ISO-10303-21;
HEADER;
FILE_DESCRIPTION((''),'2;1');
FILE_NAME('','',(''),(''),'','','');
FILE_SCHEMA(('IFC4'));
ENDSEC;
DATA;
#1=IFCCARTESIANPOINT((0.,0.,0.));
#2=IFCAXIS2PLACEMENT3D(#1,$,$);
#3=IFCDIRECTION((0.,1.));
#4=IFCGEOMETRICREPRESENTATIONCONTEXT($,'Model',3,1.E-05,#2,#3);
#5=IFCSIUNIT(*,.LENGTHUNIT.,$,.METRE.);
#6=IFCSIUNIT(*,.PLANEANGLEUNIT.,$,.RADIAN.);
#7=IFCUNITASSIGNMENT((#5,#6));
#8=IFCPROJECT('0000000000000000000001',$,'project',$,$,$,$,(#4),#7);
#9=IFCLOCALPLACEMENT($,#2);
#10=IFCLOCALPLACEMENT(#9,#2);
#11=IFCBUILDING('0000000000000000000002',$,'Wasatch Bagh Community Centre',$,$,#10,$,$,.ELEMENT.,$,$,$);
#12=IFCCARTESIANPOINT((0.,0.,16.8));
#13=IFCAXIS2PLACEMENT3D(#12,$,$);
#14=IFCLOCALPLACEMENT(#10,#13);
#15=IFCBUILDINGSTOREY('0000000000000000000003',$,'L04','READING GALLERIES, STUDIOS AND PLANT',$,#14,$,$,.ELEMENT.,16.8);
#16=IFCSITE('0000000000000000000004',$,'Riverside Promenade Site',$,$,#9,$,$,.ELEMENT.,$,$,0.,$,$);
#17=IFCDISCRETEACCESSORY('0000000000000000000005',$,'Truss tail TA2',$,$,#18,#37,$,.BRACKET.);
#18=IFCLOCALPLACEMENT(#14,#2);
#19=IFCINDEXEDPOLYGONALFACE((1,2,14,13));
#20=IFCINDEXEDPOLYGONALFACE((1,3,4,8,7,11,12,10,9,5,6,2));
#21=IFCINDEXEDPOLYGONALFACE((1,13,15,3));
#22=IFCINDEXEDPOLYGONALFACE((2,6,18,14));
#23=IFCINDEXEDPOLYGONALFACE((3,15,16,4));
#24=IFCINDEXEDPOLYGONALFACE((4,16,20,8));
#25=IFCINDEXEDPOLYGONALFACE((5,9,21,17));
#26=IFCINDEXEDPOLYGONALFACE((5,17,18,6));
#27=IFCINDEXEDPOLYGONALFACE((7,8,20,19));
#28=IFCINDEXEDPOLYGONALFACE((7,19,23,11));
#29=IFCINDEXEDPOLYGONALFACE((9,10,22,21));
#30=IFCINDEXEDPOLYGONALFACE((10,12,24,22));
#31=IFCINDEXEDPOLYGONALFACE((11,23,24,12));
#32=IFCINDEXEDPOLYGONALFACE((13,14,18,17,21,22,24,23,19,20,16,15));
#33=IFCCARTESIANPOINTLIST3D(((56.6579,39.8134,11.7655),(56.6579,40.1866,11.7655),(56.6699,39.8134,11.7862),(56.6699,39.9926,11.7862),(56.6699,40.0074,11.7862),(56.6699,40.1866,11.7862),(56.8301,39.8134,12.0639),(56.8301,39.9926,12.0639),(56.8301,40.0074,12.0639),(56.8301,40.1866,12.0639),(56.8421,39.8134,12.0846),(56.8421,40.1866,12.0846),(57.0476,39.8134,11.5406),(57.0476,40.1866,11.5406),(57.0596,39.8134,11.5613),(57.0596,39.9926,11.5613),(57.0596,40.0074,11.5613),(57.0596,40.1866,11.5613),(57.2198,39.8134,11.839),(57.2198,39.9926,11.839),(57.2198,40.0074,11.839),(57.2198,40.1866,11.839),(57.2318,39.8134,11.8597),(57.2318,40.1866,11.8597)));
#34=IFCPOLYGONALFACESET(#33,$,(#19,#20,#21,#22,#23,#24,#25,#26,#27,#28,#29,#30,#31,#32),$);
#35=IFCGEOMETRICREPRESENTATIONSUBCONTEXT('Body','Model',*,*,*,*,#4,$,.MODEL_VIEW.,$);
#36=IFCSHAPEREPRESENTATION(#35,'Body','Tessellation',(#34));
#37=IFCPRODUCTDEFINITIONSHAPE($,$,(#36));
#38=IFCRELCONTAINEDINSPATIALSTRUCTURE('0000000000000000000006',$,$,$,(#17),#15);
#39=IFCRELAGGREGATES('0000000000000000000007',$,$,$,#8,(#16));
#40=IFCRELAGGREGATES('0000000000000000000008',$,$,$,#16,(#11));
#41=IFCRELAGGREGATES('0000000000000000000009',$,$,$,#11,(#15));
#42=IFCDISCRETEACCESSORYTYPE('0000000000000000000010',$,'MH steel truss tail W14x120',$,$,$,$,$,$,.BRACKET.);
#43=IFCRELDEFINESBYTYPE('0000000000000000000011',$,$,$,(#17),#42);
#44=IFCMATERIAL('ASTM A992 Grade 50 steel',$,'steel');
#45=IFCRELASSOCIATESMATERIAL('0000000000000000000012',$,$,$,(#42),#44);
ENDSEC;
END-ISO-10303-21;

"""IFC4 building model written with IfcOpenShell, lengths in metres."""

from ifc_helpers import new_model, si_unit, direction, frame, origin, origin_2d, place, context, subcontext, project, spatial, i_section, extrude, material, material_profile, profile_set, type_object, element, save


model = new_model("IFC4")

# Units and contexts
model_context = context("Model", 3, precision=1e-05, world=origin(), true_north=direction((0.0, 1.0)))
body_context = subcontext(model_context, "Body", "Model", "MODEL_VIEW")
ifc_project = project(units=[si_unit("LENGTHUNIT", "METRE"), si_unit("PLANEANGLEUNIT", "RADIAN")], contexts=[model_context])

# Site, building, storey
site_placement = place(None, origin())
site = spatial("IfcSite", under=ifc_project, at=site_placement, Name="Riverside Promenade Site", CompositionType="ELEMENT", RefElevation=0.0)
building_placement = place(site_placement, origin())
building = spatial("IfcBuilding", under=site, at=building_placement, Name="Wasatch Bagh Community Centre", CompositionType="ELEMENT")
storey_placement = place(building_placement, frame((0.0, 0.0, 16.8)))
storey = spatial("IfcBuildingStorey", under=building, at=storey_placement, Name="L04", Description="READING GALLERIES, STUDIOS AND PLANT", CompositionType="ELEMENT", Elevation=16.8)

# Discrete accessory
ifc_material_1 = material(Name="ASTM A992 Grade 50 steel", Category="steel")
ifc_material_profile_1 = material_profile(ifc_material_1, i_section(OverallWidth=0.3733, OverallDepth=0.3684, WebThickness=0.0149, FlangeThickness=0.0239, at=origin_2d()), Name="W14x120")
ifc_profile_set_1 = profile_set([ifc_material_profile_1], Name="ASTM A992 Grade 50 steel")
discrete_accessory_type_1 = type_object("IfcDiscreteAccessoryType", Name="MH steel truss tail W14x120", PredefinedType="BRACKET", material=ifc_profile_set_1)
for number, where, z_axis, x_axis, name in (
    (1, (56.75, 40.0, 11.925), (0.866131, 0.0, -0.499816), (0.0, 1.0, 0.0), "Truss tail TA2"),
):
    element("IfcDiscreteAccessory", number, at=place(storey_placement, frame(where, z_axis=z_axis, x_axis=x_axis)), inside=storey, type_object=discrete_accessory_type_1, Name=name, PredefinedType="BRACKET", context=body_context, shape_type="SweptSolid", body=[
        extrude(i_section(OverallWidth=0.3733, OverallDepth=0.3684, WebThickness=0.0149, FlangeThickness=0.0239, at=origin_2d()), origin(), (0.0, 0.0, 1.0), 0.45),
    ])

save(model, "model.ifc")
